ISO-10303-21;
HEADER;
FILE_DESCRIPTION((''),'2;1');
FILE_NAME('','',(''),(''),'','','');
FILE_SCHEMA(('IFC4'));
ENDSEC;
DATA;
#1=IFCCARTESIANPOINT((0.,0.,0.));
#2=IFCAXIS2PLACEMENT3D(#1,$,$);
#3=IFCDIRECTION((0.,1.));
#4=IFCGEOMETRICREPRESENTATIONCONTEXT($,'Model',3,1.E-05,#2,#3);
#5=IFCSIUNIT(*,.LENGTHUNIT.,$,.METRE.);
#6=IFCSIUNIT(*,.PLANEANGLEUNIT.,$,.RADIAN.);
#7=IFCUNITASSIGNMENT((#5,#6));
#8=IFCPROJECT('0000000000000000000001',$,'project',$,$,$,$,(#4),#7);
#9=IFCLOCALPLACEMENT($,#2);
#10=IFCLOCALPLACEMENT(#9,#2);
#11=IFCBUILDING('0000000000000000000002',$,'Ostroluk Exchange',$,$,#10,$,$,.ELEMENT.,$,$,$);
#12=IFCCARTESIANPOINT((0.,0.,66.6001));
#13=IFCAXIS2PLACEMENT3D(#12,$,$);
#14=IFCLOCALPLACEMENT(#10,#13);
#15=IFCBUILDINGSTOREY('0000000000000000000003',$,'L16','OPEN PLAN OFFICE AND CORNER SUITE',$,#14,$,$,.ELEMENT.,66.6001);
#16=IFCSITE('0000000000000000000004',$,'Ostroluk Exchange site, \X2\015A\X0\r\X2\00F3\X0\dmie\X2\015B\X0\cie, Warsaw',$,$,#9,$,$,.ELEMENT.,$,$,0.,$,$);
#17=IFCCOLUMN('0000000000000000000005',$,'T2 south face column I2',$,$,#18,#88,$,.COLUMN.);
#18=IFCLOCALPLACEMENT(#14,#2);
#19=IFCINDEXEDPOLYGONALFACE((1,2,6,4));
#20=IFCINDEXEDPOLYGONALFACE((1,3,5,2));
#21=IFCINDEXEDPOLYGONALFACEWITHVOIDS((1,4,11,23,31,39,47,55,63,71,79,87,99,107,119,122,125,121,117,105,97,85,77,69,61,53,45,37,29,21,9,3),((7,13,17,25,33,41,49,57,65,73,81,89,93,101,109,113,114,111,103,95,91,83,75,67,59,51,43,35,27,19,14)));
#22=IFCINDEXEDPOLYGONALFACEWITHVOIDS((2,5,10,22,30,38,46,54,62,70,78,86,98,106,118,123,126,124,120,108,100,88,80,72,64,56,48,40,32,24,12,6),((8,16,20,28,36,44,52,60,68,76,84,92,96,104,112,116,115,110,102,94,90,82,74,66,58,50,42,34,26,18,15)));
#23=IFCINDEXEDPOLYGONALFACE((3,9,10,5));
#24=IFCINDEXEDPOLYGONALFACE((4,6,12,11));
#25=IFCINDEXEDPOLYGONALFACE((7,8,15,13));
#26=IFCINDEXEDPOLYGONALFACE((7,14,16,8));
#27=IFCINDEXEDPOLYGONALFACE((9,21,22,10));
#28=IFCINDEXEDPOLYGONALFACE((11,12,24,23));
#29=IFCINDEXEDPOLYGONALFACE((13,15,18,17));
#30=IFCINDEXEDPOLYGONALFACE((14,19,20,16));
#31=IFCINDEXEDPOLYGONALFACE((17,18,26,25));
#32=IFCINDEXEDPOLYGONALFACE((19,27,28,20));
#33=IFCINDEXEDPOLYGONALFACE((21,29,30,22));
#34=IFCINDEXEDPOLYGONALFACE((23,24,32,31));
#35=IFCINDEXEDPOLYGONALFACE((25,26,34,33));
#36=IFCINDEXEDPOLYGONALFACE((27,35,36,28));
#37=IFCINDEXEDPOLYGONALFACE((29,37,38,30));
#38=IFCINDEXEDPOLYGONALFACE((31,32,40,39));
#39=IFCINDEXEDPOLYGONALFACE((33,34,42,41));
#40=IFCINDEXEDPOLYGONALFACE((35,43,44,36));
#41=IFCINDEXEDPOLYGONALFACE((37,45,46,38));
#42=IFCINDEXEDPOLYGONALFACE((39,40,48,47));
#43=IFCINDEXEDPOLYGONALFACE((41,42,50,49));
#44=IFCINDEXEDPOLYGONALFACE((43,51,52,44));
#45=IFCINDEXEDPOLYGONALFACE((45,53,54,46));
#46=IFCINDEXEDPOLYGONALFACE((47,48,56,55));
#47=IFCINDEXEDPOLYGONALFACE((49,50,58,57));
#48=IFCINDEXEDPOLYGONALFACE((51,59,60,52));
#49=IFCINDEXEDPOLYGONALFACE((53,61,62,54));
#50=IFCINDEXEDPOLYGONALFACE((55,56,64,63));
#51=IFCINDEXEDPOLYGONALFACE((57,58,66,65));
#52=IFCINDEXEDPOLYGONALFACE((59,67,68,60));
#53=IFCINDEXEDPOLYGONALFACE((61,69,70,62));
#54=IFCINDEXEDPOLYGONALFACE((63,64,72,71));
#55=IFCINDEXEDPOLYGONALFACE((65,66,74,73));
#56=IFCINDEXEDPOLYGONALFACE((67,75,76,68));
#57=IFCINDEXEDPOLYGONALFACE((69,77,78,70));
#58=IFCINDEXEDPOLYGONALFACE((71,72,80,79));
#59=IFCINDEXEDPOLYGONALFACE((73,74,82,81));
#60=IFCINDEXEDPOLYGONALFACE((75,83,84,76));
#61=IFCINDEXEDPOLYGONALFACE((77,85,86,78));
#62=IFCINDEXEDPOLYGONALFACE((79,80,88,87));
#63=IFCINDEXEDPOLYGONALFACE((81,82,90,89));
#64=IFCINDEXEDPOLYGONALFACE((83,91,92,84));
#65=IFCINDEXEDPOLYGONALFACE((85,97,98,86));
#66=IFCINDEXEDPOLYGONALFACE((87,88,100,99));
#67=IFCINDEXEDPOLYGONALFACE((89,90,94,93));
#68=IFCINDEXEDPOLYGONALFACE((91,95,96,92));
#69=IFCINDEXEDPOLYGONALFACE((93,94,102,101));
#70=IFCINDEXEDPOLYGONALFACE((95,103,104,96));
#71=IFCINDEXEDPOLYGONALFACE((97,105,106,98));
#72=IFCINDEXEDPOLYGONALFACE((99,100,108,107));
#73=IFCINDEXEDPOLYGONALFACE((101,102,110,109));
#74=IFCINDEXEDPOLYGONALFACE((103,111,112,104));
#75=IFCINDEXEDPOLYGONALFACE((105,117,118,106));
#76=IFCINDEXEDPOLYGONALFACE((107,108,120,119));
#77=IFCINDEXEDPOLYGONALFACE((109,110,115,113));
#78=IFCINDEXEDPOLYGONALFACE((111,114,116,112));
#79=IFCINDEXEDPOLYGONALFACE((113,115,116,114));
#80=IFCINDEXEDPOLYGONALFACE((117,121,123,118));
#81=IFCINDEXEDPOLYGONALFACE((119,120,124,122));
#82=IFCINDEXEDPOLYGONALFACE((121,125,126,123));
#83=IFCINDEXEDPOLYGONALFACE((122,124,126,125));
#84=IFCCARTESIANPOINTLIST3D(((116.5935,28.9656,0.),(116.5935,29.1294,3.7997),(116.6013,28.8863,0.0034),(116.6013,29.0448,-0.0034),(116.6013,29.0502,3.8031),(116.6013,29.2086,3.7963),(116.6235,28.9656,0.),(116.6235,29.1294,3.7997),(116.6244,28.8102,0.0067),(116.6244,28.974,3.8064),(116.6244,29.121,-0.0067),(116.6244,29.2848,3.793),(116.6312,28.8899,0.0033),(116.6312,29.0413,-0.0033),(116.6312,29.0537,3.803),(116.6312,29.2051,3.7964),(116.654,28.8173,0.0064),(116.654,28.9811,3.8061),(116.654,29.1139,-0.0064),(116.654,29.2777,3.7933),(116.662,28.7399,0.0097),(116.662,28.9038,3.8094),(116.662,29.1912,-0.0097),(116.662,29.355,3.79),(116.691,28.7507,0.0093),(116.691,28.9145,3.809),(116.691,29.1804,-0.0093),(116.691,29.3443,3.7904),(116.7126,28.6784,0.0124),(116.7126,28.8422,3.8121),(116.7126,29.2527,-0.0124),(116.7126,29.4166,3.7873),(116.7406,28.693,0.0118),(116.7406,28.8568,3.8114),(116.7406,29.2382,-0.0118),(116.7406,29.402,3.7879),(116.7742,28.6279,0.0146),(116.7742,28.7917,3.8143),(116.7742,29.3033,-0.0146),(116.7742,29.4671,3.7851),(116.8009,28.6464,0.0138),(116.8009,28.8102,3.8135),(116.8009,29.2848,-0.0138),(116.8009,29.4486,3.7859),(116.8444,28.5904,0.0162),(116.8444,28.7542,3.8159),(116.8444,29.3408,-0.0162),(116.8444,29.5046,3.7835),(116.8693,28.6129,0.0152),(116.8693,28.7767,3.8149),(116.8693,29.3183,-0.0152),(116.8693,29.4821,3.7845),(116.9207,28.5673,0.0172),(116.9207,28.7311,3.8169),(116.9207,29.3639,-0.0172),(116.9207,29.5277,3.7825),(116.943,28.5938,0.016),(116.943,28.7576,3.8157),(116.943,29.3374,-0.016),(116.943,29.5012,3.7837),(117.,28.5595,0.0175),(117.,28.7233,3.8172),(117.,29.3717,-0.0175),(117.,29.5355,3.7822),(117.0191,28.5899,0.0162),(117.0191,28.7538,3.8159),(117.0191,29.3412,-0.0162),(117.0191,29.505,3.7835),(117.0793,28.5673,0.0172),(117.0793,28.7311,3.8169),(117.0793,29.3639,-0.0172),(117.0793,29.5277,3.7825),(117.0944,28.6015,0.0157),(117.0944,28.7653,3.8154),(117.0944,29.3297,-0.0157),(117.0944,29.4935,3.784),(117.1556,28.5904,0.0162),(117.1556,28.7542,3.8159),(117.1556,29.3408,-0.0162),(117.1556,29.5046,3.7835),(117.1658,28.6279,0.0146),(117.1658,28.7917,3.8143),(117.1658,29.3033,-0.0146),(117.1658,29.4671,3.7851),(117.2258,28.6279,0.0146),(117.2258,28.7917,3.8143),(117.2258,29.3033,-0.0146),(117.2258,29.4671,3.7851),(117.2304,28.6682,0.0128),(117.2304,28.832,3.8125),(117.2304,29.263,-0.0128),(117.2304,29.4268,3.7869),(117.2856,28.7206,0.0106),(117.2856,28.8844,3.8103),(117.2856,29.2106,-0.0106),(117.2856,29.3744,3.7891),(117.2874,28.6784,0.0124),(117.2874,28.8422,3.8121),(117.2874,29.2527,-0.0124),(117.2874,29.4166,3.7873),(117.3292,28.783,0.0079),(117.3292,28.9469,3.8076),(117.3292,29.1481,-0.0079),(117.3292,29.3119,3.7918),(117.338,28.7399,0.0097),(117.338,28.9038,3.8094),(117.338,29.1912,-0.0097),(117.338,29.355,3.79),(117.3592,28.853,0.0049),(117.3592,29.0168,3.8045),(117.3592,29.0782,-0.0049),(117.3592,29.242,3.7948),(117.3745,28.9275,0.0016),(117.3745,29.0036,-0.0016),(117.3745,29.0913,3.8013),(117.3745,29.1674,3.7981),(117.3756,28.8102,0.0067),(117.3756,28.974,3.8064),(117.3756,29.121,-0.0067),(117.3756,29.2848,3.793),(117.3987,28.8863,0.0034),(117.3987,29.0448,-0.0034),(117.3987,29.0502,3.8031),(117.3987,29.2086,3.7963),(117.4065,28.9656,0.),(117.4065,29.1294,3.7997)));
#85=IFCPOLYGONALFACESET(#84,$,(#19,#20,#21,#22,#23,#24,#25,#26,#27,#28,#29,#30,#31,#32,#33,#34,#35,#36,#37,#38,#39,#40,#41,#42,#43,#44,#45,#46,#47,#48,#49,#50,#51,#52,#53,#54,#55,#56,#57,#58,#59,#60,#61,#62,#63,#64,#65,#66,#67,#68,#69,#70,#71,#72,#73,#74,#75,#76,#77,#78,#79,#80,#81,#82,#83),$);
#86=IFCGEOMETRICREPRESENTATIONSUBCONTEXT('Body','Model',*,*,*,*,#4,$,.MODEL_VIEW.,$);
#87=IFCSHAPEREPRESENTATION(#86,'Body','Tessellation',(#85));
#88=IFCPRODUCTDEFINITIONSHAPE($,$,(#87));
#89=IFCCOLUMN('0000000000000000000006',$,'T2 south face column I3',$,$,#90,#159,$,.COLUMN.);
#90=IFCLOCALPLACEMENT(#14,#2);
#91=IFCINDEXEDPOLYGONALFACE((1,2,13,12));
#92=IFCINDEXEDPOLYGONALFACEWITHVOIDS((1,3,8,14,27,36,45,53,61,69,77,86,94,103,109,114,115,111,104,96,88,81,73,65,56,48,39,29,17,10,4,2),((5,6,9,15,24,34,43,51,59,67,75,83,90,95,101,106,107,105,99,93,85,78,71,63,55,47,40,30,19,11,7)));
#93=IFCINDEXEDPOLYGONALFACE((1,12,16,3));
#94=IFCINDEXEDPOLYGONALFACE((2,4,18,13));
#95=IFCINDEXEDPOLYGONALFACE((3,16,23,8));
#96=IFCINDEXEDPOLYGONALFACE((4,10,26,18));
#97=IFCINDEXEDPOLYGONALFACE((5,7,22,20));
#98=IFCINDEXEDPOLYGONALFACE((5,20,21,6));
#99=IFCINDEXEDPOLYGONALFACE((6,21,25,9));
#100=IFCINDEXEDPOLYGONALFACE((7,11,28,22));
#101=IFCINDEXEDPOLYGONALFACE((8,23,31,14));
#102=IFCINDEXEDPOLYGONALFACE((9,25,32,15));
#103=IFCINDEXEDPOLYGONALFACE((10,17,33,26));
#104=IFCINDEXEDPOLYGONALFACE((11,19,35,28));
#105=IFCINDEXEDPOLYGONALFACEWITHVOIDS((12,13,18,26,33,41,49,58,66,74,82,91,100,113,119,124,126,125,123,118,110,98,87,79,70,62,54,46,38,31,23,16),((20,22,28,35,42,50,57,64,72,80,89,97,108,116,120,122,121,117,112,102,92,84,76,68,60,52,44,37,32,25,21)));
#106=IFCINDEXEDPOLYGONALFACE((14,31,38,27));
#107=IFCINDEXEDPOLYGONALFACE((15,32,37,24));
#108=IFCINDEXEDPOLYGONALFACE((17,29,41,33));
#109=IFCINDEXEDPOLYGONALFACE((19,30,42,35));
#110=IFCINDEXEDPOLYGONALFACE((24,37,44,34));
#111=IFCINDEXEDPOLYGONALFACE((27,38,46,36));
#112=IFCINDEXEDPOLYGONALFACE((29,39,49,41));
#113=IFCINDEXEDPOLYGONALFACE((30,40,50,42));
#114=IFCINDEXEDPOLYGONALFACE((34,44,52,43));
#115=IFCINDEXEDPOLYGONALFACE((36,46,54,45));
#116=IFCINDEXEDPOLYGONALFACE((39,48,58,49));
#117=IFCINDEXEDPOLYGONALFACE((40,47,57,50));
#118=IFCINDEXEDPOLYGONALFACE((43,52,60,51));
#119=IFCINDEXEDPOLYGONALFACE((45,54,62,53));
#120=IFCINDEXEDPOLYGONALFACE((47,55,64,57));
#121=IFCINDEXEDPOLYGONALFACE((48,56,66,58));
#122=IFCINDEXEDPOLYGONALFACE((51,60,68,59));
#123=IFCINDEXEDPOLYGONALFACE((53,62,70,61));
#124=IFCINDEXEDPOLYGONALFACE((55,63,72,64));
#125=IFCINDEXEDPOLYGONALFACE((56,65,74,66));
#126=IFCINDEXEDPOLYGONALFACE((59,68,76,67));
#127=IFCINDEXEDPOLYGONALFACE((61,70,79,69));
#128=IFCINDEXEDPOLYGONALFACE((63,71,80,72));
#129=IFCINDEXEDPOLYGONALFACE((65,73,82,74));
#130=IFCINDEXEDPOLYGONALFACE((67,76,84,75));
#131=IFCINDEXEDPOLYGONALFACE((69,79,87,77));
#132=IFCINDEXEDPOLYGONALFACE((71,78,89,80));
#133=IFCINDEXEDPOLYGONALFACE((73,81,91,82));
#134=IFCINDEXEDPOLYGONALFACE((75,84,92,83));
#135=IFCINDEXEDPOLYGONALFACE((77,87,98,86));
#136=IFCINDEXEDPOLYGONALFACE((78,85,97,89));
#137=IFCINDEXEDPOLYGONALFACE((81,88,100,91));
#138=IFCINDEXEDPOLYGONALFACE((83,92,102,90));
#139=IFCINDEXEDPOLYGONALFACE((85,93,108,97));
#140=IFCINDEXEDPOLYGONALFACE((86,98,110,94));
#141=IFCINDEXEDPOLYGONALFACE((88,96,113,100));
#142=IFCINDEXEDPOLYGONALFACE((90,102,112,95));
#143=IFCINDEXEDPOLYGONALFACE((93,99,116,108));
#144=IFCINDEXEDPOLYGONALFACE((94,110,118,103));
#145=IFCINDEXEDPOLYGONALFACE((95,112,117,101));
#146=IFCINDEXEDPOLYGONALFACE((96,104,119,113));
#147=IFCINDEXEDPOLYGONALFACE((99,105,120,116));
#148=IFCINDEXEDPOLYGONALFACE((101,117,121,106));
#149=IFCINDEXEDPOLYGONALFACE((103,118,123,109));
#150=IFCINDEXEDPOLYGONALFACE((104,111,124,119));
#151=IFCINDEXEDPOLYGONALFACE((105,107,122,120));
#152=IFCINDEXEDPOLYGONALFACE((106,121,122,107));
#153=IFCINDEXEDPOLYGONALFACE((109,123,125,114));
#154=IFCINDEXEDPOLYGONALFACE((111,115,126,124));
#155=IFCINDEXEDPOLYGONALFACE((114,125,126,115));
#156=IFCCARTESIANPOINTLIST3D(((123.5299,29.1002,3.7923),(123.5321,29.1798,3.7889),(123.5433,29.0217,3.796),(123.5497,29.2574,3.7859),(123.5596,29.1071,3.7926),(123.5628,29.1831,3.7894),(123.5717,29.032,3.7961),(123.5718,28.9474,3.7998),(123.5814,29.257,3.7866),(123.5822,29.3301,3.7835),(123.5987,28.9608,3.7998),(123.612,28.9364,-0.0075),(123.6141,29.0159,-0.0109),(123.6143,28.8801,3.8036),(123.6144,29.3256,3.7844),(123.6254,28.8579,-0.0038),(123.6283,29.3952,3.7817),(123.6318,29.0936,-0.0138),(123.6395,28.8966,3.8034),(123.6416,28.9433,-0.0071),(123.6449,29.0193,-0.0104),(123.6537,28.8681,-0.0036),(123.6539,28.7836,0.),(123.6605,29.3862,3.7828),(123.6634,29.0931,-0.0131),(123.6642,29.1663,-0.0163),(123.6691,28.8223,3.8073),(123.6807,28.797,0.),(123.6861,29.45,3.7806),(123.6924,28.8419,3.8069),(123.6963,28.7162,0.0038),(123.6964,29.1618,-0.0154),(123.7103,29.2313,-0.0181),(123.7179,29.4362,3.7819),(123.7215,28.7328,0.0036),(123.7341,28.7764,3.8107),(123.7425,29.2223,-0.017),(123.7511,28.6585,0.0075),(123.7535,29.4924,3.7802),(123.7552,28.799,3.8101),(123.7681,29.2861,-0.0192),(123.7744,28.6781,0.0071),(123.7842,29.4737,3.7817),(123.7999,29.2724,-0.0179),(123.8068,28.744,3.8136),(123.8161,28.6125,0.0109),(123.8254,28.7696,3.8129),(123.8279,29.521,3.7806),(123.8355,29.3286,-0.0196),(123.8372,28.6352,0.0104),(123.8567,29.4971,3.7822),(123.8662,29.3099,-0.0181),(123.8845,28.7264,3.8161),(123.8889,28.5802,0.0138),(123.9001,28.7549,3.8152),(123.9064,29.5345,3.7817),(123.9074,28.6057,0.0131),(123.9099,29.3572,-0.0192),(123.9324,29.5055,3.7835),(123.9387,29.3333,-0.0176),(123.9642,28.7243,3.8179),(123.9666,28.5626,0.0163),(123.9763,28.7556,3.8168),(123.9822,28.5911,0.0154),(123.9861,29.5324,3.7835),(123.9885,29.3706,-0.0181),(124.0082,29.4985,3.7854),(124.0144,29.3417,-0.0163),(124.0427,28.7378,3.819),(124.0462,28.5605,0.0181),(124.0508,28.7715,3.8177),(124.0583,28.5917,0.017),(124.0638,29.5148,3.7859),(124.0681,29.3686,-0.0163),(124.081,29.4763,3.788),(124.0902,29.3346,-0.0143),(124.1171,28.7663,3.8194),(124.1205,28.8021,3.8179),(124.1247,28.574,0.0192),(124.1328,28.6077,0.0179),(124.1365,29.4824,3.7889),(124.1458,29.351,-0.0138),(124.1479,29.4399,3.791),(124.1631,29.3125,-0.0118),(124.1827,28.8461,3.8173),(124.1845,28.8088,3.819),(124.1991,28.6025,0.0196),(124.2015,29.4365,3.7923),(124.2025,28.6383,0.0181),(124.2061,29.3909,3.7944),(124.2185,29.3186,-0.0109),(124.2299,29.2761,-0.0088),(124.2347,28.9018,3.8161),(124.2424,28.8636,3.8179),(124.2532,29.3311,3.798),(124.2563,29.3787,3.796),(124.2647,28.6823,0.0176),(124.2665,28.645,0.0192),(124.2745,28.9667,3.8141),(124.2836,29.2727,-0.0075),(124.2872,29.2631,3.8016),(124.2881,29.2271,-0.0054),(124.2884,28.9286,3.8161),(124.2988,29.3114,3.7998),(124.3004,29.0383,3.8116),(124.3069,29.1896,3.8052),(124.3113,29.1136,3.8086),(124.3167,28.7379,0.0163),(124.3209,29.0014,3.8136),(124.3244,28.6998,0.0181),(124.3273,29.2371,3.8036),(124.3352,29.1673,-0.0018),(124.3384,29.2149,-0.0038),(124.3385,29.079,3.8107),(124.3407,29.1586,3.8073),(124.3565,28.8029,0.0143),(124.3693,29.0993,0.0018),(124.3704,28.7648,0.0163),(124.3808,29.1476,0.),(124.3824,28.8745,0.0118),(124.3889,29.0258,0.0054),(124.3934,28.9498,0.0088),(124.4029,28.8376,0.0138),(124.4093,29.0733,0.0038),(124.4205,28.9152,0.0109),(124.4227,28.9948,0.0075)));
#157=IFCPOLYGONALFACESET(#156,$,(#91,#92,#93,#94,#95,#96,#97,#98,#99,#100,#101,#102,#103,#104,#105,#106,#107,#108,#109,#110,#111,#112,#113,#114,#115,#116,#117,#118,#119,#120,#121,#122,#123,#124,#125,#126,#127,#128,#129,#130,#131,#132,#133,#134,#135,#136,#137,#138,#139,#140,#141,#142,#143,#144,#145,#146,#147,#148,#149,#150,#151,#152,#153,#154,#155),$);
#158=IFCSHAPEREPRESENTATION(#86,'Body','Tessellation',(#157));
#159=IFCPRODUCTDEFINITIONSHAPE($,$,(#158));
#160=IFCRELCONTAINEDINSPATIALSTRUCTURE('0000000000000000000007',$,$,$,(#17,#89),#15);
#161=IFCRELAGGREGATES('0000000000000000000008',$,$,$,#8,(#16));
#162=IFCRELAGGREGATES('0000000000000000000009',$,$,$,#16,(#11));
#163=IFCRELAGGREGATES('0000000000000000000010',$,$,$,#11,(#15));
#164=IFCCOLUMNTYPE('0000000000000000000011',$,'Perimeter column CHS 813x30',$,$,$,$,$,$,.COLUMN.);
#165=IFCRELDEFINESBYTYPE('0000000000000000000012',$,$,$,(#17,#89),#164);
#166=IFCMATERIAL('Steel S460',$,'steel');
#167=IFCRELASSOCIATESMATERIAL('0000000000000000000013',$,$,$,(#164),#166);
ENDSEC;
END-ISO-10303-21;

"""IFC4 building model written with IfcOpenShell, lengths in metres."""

from ifc_helpers import new_model, si_unit, direction, frame, origin, origin_2d, place, context, subcontext, project, spatial, hollow_circle, extrude, material, material_profile, profile_set, type_object, element, save


model = new_model("IFC4")

# Units and contexts
model_context = context("Model", 3, precision=1e-05, world=origin(), true_north=direction((0.0, 1.0)))
body_context = subcontext(model_context, "Body", "Model", "MODEL_VIEW")
ifc_project = project(units=[si_unit("LENGTHUNIT", "METRE"), si_unit("PLANEANGLEUNIT", "RADIAN")], contexts=[model_context])

# Site, building, storey
site_placement = place(None, origin())
site = spatial("IfcSite", under=ifc_project, at=site_placement, Name="Ostroluk Exchange site, Śródmieście, Warsaw", CompositionType="ELEMENT", RefElevation=0.0)
building_placement = place(site_placement, origin())
building = spatial("IfcBuilding", under=site, at=building_placement, Name="Ostroluk Exchange", CompositionType="ELEMENT")
storey_placement = place(building_placement, frame((0.0, 0.0, 66.6001)))
storey = spatial("IfcBuildingStorey", under=building, at=storey_placement, Name="L16", Description="OPEN PLAN OFFICE AND CORNER SUITE", CompositionType="ELEMENT", Elevation=66.6001)

# Columns
ifc_material_1 = material(Name="Steel S460", Category="steel")
ifc_material_profile_1 = material_profile(ifc_material_1, hollow_circle(Radius=0.4065, WallThickness=0.03, at=origin_2d()), Name="CHS 813x30")
ifc_profile_set_1 = profile_set([ifc_material_profile_1], Name="Steel S460")
column_type = type_object("IfcColumnType", Name="Perimeter column CHS 813x30", PredefinedType="COLUMN", material=ifc_profile_set_1)
column_1_placement = place(storey_placement, frame((117.0, 28.9656, 0.0), z_axis=(0.0, 0.043072, 0.999072), x_axis=(-1.0, 0.0, 0.0)))
element("IfcColumn", 1, at=column_1_placement, inside=storey, type_object=column_type, Name="T2 south face column I2", PredefinedType="COLUMN", context=body_context, shape_type="SweptSolid", body=[
    extrude(hollow_circle(Radius=0.4065, WallThickness=0.03, at=origin_2d()), origin(), (0.0, 0.0, 1.0), 3.8032),
])
column_2_placement = place(storey_placement, frame((124.0173, 28.9656, 0.0), z_axis=(-0.021563, 0.043062, 0.99884), x_axis=(-0.894161, -0.447747, 0.0)))
element("IfcColumn", 2, at=column_2_placement, inside=storey, type_object=column_type, Name="T2 south face column I3", PredefinedType="COLUMN", context=body_context, shape_type="SweptSolid", body=[
    extrude(hollow_circle(Radius=0.4065, WallThickness=0.03, at=origin_2d()), origin(), (0.0, 0.0, 1.0), 3.8042),
])

save(model, "model.ifc")
